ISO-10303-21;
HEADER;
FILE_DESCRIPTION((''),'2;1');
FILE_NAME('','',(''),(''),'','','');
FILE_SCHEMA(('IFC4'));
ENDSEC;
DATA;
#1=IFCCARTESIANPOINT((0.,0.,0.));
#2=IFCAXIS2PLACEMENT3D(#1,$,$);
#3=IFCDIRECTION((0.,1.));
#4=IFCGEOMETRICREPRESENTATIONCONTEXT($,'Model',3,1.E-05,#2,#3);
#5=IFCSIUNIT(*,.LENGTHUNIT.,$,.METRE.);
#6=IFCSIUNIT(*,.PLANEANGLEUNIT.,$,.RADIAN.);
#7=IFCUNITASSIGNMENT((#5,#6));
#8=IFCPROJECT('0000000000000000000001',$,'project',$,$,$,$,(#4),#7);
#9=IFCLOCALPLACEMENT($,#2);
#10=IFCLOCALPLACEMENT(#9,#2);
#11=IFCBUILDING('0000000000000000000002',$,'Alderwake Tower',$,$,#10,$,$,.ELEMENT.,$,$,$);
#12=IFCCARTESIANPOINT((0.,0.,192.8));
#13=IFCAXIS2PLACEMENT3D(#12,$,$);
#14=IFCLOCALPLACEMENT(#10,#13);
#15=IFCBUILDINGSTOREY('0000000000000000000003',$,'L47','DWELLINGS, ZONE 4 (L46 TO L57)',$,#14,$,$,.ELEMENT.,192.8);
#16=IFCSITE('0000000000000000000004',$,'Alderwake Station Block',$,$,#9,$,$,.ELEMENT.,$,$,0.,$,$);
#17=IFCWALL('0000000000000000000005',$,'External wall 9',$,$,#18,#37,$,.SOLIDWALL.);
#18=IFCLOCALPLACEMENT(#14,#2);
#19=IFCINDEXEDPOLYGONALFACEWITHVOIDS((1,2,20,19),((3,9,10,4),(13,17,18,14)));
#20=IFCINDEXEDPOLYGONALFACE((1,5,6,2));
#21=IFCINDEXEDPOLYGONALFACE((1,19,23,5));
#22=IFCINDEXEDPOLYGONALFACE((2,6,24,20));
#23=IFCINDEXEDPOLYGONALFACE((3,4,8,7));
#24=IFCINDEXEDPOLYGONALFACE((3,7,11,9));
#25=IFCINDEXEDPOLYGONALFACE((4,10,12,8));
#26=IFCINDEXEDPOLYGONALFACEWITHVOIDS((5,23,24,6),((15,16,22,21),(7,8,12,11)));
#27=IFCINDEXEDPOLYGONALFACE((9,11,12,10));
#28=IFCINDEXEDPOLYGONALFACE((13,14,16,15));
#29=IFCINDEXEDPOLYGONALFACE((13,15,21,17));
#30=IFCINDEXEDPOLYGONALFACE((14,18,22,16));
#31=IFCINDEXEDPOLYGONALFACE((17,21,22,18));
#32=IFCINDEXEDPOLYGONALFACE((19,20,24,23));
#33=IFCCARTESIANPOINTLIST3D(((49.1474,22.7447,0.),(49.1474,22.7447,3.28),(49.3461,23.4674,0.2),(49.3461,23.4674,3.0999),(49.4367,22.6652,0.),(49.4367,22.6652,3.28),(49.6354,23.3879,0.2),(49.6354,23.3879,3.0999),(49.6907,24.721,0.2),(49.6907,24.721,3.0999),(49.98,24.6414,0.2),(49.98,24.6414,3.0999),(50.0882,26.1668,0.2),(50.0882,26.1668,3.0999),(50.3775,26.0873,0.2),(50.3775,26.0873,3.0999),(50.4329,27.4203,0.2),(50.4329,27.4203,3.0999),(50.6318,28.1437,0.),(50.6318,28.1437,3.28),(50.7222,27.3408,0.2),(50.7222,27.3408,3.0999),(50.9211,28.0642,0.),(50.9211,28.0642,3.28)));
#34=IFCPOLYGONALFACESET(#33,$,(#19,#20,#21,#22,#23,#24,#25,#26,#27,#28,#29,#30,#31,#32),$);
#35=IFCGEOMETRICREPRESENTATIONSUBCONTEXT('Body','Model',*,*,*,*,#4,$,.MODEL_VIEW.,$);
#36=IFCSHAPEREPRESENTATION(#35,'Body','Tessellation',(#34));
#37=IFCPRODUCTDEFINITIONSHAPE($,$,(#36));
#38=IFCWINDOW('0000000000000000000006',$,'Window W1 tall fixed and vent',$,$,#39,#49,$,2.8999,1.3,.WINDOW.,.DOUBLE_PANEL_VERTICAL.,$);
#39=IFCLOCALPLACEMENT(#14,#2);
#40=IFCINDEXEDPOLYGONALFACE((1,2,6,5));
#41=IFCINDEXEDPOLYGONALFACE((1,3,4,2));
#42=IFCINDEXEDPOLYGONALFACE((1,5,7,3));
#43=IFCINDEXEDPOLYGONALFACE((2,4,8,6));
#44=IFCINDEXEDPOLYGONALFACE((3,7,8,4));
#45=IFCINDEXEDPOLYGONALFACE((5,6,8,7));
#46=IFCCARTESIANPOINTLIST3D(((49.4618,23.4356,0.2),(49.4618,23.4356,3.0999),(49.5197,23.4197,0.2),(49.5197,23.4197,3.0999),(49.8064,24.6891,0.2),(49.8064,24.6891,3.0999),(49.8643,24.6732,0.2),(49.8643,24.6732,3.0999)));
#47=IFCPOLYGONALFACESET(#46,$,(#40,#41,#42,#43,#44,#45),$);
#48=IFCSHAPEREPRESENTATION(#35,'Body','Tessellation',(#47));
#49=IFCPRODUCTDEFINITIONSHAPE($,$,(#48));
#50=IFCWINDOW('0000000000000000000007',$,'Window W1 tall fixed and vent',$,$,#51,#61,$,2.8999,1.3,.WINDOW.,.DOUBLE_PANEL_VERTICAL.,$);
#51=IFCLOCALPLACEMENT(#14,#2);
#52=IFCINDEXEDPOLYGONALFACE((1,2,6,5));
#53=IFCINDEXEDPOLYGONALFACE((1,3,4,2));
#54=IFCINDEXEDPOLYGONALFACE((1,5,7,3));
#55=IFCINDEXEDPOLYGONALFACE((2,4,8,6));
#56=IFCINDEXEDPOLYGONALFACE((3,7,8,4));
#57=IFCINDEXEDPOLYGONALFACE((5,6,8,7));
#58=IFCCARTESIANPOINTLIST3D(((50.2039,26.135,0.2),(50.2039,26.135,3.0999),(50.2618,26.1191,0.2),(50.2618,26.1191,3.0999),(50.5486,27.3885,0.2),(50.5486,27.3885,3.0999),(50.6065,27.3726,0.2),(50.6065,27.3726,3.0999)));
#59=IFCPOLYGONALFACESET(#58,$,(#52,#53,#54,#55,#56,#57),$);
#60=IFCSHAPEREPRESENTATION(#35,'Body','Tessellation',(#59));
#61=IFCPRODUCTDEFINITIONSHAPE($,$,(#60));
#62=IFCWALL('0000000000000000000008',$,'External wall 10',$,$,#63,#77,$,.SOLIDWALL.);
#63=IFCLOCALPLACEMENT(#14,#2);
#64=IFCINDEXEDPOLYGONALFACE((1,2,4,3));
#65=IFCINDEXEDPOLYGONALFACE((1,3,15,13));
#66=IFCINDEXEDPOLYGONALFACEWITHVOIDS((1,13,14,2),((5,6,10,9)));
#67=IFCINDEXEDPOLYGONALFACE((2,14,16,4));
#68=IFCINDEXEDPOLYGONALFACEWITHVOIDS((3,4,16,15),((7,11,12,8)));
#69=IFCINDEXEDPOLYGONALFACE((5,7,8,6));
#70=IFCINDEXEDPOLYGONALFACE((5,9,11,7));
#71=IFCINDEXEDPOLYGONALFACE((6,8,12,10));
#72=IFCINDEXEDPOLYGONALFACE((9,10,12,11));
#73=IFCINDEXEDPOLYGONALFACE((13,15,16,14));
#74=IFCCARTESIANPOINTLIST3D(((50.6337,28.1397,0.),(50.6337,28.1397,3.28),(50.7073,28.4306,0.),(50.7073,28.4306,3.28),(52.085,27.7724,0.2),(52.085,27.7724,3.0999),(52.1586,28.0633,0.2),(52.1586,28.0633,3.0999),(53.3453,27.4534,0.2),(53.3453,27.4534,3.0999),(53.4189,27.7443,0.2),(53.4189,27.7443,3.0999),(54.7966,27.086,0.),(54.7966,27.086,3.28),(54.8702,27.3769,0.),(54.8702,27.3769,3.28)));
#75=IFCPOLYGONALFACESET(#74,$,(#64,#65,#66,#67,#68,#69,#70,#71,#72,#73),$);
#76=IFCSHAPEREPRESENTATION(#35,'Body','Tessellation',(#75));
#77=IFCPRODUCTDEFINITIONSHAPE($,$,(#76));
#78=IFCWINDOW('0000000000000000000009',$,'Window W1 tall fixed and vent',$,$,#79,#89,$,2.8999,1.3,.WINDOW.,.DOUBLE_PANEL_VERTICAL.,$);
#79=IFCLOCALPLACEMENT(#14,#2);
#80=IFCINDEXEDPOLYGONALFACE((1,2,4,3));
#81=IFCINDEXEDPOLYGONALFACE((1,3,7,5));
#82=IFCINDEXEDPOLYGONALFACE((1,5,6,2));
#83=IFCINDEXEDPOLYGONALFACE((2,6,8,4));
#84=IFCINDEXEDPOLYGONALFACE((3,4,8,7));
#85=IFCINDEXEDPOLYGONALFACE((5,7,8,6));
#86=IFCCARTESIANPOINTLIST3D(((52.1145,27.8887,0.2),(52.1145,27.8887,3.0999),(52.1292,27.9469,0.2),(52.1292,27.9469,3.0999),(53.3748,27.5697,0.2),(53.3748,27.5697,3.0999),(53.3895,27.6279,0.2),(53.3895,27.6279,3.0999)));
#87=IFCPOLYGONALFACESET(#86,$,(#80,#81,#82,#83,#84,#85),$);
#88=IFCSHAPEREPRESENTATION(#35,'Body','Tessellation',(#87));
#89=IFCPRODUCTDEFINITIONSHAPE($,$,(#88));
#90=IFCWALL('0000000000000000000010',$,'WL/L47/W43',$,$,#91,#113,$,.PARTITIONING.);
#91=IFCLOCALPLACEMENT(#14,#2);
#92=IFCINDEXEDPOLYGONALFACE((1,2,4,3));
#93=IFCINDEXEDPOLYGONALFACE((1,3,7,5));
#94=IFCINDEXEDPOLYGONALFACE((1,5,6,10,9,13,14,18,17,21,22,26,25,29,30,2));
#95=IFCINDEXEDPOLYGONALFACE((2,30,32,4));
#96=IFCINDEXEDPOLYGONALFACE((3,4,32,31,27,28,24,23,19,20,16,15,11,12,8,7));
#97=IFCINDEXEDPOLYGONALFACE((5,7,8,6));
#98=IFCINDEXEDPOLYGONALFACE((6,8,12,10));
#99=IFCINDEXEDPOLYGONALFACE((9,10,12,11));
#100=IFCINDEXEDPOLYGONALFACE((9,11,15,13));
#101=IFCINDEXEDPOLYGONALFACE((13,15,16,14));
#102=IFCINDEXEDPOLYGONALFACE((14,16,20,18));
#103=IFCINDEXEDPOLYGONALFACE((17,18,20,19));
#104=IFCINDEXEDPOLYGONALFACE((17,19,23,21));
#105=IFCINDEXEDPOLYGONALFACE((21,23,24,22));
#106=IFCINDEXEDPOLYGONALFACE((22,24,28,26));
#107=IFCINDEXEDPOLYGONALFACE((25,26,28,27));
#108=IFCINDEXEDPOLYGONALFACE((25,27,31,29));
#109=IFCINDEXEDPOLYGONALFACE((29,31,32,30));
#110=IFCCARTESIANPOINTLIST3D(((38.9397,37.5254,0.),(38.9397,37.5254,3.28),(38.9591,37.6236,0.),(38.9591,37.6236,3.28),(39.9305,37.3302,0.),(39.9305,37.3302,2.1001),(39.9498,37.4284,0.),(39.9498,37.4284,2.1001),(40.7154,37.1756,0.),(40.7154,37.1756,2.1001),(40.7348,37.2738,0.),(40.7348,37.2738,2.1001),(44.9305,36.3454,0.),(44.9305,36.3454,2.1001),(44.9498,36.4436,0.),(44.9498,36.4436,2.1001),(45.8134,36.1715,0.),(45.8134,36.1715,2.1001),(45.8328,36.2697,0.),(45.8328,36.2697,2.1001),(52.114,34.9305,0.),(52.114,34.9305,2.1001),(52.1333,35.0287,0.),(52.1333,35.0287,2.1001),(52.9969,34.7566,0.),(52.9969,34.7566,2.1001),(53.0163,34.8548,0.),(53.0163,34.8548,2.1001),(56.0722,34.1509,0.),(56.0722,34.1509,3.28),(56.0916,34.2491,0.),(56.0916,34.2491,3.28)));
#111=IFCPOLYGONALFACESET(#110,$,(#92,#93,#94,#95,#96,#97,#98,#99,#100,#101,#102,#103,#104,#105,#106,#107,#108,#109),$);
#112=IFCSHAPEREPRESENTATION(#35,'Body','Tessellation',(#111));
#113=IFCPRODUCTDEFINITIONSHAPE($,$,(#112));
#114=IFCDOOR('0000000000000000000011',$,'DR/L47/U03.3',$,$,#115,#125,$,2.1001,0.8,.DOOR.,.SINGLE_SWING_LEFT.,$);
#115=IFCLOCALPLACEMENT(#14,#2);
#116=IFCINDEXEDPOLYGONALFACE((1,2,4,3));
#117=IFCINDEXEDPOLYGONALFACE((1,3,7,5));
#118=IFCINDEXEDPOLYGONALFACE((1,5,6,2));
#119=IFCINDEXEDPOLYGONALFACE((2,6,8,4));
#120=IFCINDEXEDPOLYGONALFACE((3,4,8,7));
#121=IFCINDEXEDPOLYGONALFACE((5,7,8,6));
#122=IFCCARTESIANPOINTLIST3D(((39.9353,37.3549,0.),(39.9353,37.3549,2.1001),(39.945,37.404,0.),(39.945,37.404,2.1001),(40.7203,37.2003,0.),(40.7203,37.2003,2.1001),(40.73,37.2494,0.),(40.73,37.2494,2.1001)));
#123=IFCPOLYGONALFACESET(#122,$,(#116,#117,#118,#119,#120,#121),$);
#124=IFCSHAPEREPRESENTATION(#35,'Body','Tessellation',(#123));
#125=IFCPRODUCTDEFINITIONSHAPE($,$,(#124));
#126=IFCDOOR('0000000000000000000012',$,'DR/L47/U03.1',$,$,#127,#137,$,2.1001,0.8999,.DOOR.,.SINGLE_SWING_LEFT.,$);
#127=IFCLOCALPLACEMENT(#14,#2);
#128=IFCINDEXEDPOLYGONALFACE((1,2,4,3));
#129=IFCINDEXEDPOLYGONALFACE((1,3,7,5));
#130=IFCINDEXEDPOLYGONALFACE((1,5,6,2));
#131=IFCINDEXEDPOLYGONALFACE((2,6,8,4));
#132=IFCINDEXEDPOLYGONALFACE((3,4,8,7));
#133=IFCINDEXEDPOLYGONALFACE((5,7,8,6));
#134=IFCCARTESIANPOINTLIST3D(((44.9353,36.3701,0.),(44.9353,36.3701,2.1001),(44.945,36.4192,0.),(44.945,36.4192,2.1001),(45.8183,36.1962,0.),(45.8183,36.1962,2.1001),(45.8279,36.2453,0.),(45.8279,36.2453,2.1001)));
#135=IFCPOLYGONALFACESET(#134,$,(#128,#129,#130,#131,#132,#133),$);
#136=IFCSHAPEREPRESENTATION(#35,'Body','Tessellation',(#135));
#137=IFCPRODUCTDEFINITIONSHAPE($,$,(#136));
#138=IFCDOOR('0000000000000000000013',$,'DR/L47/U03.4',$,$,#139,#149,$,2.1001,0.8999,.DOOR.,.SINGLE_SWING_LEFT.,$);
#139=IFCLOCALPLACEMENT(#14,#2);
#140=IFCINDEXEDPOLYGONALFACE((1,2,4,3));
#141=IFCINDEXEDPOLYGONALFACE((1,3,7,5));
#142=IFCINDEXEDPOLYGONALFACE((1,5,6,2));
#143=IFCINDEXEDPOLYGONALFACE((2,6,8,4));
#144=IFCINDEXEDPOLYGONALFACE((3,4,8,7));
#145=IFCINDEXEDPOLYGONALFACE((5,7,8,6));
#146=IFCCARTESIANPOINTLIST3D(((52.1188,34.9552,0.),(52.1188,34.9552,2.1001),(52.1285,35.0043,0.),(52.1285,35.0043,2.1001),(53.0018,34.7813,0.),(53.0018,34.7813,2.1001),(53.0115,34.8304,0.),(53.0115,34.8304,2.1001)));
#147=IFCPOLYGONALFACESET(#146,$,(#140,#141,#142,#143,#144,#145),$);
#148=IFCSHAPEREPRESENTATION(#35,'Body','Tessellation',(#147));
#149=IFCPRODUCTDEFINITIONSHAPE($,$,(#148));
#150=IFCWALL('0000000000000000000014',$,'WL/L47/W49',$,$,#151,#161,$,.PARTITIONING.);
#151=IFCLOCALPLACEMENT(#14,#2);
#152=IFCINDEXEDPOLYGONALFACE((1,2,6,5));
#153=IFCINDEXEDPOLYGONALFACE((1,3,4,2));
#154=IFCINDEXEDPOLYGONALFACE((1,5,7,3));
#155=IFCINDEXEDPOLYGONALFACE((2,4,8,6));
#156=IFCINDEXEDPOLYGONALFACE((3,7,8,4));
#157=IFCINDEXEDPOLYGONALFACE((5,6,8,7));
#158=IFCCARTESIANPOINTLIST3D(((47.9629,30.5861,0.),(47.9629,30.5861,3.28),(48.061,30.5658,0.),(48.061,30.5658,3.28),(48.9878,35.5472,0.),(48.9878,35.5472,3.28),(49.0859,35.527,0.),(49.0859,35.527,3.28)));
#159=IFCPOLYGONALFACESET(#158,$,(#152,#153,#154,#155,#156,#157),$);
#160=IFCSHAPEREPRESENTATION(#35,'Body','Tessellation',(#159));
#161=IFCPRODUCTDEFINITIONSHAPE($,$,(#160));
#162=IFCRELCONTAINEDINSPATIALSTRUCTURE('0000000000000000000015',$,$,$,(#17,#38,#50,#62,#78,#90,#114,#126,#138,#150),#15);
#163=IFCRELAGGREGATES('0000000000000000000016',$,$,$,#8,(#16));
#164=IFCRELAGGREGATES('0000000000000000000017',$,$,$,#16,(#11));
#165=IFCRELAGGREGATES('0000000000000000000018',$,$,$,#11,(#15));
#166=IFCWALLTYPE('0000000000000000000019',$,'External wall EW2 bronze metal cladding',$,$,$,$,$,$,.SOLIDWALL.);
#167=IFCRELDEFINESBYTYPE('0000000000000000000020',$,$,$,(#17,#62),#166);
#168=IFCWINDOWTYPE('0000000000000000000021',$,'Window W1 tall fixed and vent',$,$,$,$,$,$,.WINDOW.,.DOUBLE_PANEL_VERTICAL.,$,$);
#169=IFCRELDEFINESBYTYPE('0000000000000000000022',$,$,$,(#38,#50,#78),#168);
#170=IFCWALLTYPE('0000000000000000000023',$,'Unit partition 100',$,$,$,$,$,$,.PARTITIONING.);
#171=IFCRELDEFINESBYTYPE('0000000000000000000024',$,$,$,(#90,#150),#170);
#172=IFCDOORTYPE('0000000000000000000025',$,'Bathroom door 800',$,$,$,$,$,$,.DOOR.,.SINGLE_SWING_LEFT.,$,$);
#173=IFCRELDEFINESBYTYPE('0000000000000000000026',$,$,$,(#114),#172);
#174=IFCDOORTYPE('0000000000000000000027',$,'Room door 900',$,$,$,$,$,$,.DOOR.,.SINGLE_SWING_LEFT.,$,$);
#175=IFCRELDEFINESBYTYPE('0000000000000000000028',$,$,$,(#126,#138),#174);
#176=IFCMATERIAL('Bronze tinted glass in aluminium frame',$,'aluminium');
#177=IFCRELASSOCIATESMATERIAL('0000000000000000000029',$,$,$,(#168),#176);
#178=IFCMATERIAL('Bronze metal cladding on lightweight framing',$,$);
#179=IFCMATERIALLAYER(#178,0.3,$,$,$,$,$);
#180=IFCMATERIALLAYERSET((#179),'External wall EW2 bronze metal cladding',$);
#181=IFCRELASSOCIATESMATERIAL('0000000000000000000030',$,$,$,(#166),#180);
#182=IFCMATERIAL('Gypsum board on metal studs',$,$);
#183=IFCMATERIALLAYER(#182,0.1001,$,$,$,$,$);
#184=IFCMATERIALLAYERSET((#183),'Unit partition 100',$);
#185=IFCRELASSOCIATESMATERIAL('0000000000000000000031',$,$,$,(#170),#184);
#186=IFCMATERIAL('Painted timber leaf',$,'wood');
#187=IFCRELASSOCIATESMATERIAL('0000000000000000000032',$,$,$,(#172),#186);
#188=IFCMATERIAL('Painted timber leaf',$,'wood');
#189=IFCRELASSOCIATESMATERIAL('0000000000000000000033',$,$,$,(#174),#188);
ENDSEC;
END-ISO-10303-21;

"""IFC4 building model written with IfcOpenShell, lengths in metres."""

from ifc_helpers import new_model, si_unit, direction, frame, frame_2d, origin, place, context, subcontext, project, spatial, rectangle, extrude, material, layer, layer_set, type_object, element, fill, save


model = new_model("IFC4")

# Units and contexts
model_context = context("Model", 3, precision=1e-05, world=origin(), true_north=direction((0.0, 1.0)))
body_context = subcontext(model_context, "Body", "Model", "MODEL_VIEW")
ifc_project = project(units=[si_unit("LENGTHUNIT", "METRE"), si_unit("PLANEANGLEUNIT", "RADIAN")], contexts=[model_context])

# Site, building, storey
site_placement = place(None, origin())
site = spatial("IfcSite", under=ifc_project, at=site_placement, Name="Alderwake Station Block", CompositionType="ELEMENT", RefElevation=0.0)
building_placement = place(site_placement, origin())
building = spatial("IfcBuilding", under=site, at=building_placement, Name="Alderwake Tower", CompositionType="ELEMENT")
storey_placement = place(building_placement, frame((0.0, 0.0, 192.8)))
storey = spatial("IfcBuildingStorey", under=building, at=storey_placement, Name="L47", Description="DWELLINGS, ZONE 4 (L46 TO L57)", CompositionType="ELEMENT", Elevation=192.8)

# Shared definitions
ifc_material_1 = material(Name="Bronze tinted glass in aluminium frame", Category="aluminium")
window_type = type_object("IfcWindowType", Name="Window W1 tall fixed and vent", PartitioningType="DOUBLE_PANEL_VERTICAL", PredefinedType="WINDOW", material=ifc_material_1)

# Wall, openings, windows
ifc_material_2 = material(Name="Bronze metal cladding on lightweight framing")
ifc_layer_1 = layer(ifc_material_2, 0.3)
ifc_layer_set_1 = layer_set([ifc_layer_1], Name="External wall EW2 bronze metal cladding")
wall_type_1 = type_object("IfcWallType", Name="External wall EW2 bronze metal cladding", PredefinedType="SOLIDWALL", material=ifc_layer_set_1)
wall_1_placement = place(storey_placement, frame((49.292, 22.7048, 0.0), z_axis=(0.0, 0.0, 1.0), x_axis=(0.265102, 0.96422, 0.0)))
wall_1 = element("IfcWall", 1, at=wall_1_placement, inside=storey, type_object=wall_type_1, Name="External wall 9", PredefinedType="SOLIDWALL", context=body_context, shape_type="SweptSolid", body=[
    extrude(rectangle(XDim=5.5994, YDim=0.3, at=frame_2d((2.7998, 0.0))), origin(), (0.0, 0.0, 1.0), 3.28),
])
opening_1_placement = place(wall_1_placement, frame((0.7498, 0.0, 0.2)))
opening_1 = element("IfcOpeningElement", 2, at=opening_1_placement, cuts=wall_1, PredefinedType="OPENING", context=body_context, shape_type="SweptSolid", body=[
    extrude(rectangle(XDim=1.3, YDim=2.8999, at=frame_2d((0.6499, 1.45))), frame((0.0, 0.1599, 0.0), z_axis=(0.0, -1.0, 0.0), x_axis=(1.0, 0.0, 0.0)), (0.0, 0.0, 1.0), 0.3201),
])
opening_2_placement = place(wall_1_placement, frame((3.5493, 0.0, 0.2)))
opening_2 = element("IfcOpeningElement", 3, at=opening_2_placement, cuts=wall_1, PredefinedType="OPENING", context=body_context, shape_type="SweptSolid", body=[
    extrude(rectangle(XDim=1.3, YDim=2.8999, at=frame_2d((0.6499, 1.45))), frame((0.0, 0.1599, 0.0), z_axis=(0.0, -1.0, 0.0), x_axis=(1.0, 0.0, 0.0)), (0.0, 0.0, 1.0), 0.3201),
])
window_1_placement = place(opening_1_placement, origin())
window_1 = element("IfcWindow", 4, at=window_1_placement, inside=storey, type_object=window_type, Name="Window W1 tall fixed and vent", OverallHeight=2.8999, OverallWidth=1.3, PartitioningType="DOUBLE_PANEL_VERTICAL", PredefinedType="WINDOW", context=body_context, shape_type="SweptSolid", body=[
    extrude(rectangle(XDim=1.3, YDim=2.8999, at=frame_2d((0.6499, 1.45))), frame((0.0, 0.03, 0.0), z_axis=(0.0, -1.0, 0.0), x_axis=(1.0, 0.0, 0.0)), (0.0, 0.0, 1.0), 0.0601),
])
fill(opening_1, window_1)
window_2_placement = place(opening_2_placement, origin())
window_2 = element("IfcWindow", 5, at=window_2_placement, inside=storey, type_object=window_type, Name="Window W1 tall fixed and vent", OverallHeight=2.8999, OverallWidth=1.3, PartitioningType="DOUBLE_PANEL_VERTICAL", PredefinedType="WINDOW", context=body_context, shape_type="SweptSolid", body=[
    extrude(rectangle(XDim=1.3, YDim=2.8999, at=frame_2d((0.6499, 1.45))), frame((0.0, 0.03, 0.0), z_axis=(0.0, -1.0, 0.0), x_axis=(1.0, 0.0, 0.0)), (0.0, 0.0, 1.0), 0.0601),
])
fill(opening_2, window_2)

# Wall, opening, window
wall_2_placement = place(storey_placement, frame((50.6707, 28.2852, 0.0), z_axis=(0.0, 0.0, 1.0), x_axis=(0.969426, -0.245384, 0.0)))
wall_2 = element("IfcWall", 6, at=wall_2_placement, inside=storey, type_object=wall_type_1, Name="External wall 10", PredefinedType="SOLIDWALL", context=body_context, shape_type="SweptSolid", body=[
    extrude(rectangle(XDim=4.2942, YDim=0.3, at=frame_2d((2.147, 0.0))), origin(), (0.0, 0.0, 1.0), 3.28),
])
opening_3_placement = place(wall_2_placement, frame((1.4971, 0.0, 0.2)))
opening_3 = element("IfcOpeningElement", 7, at=opening_3_placement, cuts=wall_2, PredefinedType="OPENING", context=body_context, shape_type="SweptSolid", body=[
    extrude(rectangle(XDim=1.3, YDim=2.8999, at=frame_2d((0.6499, 1.45))), frame((0.0, 0.1599, 0.0), z_axis=(0.0, -1.0, 0.0), x_axis=(1.0, 0.0, 0.0)), (0.0, 0.0, 1.0), 0.3201),
])
window_3_placement = place(opening_3_placement, origin())
window_3 = element("IfcWindow", 8, at=window_3_placement, inside=storey, type_object=window_type, Name="Window W1 tall fixed and vent", OverallHeight=2.8999, OverallWidth=1.3, PartitioningType="DOUBLE_PANEL_VERTICAL", PredefinedType="WINDOW", context=body_context, shape_type="SweptSolid", body=[
    extrude(rectangle(XDim=1.3, YDim=2.8999, at=frame_2d((0.6499, 1.45))), frame((0.0, 0.03, 0.0), z_axis=(0.0, -1.0, 0.0), x_axis=(1.0, 0.0, 0.0)), (0.0, 0.0, 1.0), 0.0601),
])
fill(opening_3, window_3)

# Wall, openings, doors
ifc_material_3 = material(Name="Gypsum board on metal studs")
ifc_layer_2 = layer(ifc_material_3, 0.1001)
ifc_layer_set_2 = layer_set([ifc_layer_2], Name="Unit partition 100")
wall_type_2 = type_object("IfcWallType", Name="Unit partition 100", PredefinedType="PARTITIONING", material=ifc_layer_set_2)
wall_3_placement = place(storey_placement, frame((56.082, 34.2, 0.0), z_axis=(0.0, 0.0, 1.0), x_axis=(-0.981149, 0.193252, 0.0)))
wall_3 = element("IfcWall", 9, at=wall_3_placement, inside=storey, type_object=wall_type_2, Name="WL/L47/W43", PredefinedType="PARTITIONING", context=body_context, shape_type="SweptSolid", body=[
    extrude(rectangle(XDim=17.4617, YDim=0.1001, at=frame_2d((8.731, 0.0))), origin(), (0.0, 0.0, 1.0), 3.28),
])
opening_4_placement = place(wall_3_placement, frame((10.4561, 0.0, 0.0)))
opening_4 = element("IfcOpeningElement", 10, at=opening_4_placement, cuts=wall_3, PredefinedType="OPENING", context=body_context, shape_type="SweptSolid", body=[
    extrude(rectangle(XDim=0.8999, YDim=2.1001, at=frame_2d((0.45, 1.05))), frame((0.0, 0.0601, 0.0), z_axis=(0.0, -1.0, 0.0), x_axis=(1.0, 0.0, 0.0)), (0.0, 0.0, 1.0), 0.1201),
])
opening_5_placement = place(wall_3_placement, frame((15.6521, 0.0, 0.0)))
opening_5 = element("IfcOpeningElement", 11, at=opening_5_placement, cuts=wall_3, PredefinedType="OPENING", context=body_context, shape_type="SweptSolid", body=[
    extrude(rectangle(XDim=0.8, YDim=2.1001, at=frame_2d((0.3999, 1.05))), frame((0.0, 0.0601, 0.0), z_axis=(0.0, -1.0, 0.0), x_axis=(1.0, 0.0, 0.0)), (0.0, 0.0, 1.0), 0.1201),
])
opening_6_placement = place(wall_3_placement, frame((3.1345, 0.0, 0.0)))
opening_6 = element("IfcOpeningElement", 12, at=opening_6_placement, cuts=wall_3, PredefinedType="OPENING", context=body_context, shape_type="SweptSolid", body=[
    extrude(rectangle(XDim=0.8999, YDim=2.1001, at=frame_2d((0.45, 1.05))), frame((0.0, 0.0601, 0.0), z_axis=(0.0, -1.0, 0.0), x_axis=(1.0, 0.0, 0.0)), (0.0, 0.0, 1.0), 0.1201),
])
ifc_material_4 = material(Name="Painted timber leaf", Category="wood")
door_type_1 = type_object("IfcDoorType", Name="Bathroom door 800", OperationType="SINGLE_SWING_LEFT", PredefinedType="DOOR", material=ifc_material_4)
door_1_placement = place(opening_5_placement, origin())
door_1 = element("IfcDoor", 13, at=door_1_placement, inside=storey, type_object=door_type_1, Name="DR/L47/U03.3", OperationType="SINGLE_SWING_LEFT", OverallHeight=2.1001, OverallWidth=0.8, PredefinedType="DOOR", context=body_context, shape_type="SweptSolid", body=[
    extrude(rectangle(XDim=0.8, YDim=2.1001, at=frame_2d((0.3999, 1.05))), frame((0.0, 0.0249, 0.0), z_axis=(0.0, -1.0, 0.0), x_axis=(1.0, 0.0, 0.0)), (0.0, 0.0, 1.0), 0.05),
])
fill(opening_5, door_1)
ifc_material_5 = material(Name="Painted timber leaf", Category="wood")
door_type_2 = type_object("IfcDoorType", Name="Room door 900", OperationType="SINGLE_SWING_LEFT", PredefinedType="DOOR", material=ifc_material_5)
door_2_placement = place(opening_4_placement, origin())
door_2 = element("IfcDoor", 14, at=door_2_placement, inside=storey, type_object=door_type_2, Name="DR/L47/U03.1", OperationType="SINGLE_SWING_LEFT", OverallHeight=2.1001, OverallWidth=0.8999, PredefinedType="DOOR", context=body_context, shape_type="SweptSolid", body=[
    extrude(rectangle(XDim=0.8999, YDim=2.1001, at=frame_2d((0.45, 1.05))), frame((0.0, 0.0249, 0.0), z_axis=(0.0, -1.0, 0.0), x_axis=(1.0, 0.0, 0.0)), (0.0, 0.0, 1.0), 0.05),
])
fill(opening_4, door_2)
door_3_placement = place(opening_6_placement, origin())
door_3 = element("IfcDoor", 15, at=door_3_placement, inside=storey, type_object=door_type_2, Name="DR/L47/U03.4", OperationType="SINGLE_SWING_LEFT", OverallHeight=2.1001, OverallWidth=0.8999, PredefinedType="DOOR", context=body_context, shape_type="SweptSolid", body=[
    extrude(rectangle(XDim=0.8999, YDim=2.1001, at=frame_2d((0.45, 1.05))), frame((0.0, 0.0249, 0.0), z_axis=(0.0, -1.0, 0.0), x_axis=(1.0, 0.0, 0.0)), (0.0, 0.0, 1.0), 0.05),
])
fill(opening_6, door_3)

# Wall
wall_4_placement = place(storey_placement, frame((48.012, 30.5759, 0.0), z_axis=(0.0, 0.0, 1.0), x_axis=(0.202312, 0.979321, 0.0)))
element("IfcWall", 16, at=wall_4_placement, inside=storey, type_object=wall_type_2, Name="WL/L47/W49", PredefinedType="PARTITIONING", context=body_context, shape_type="SweptSolid", body=[
    extrude(rectangle(XDim=5.0659, YDim=0.1001, at=frame_2d((2.533, 0.0))), origin(), (0.0, 0.0, 1.0), 3.28),
])

save(model, "model.ifc")
